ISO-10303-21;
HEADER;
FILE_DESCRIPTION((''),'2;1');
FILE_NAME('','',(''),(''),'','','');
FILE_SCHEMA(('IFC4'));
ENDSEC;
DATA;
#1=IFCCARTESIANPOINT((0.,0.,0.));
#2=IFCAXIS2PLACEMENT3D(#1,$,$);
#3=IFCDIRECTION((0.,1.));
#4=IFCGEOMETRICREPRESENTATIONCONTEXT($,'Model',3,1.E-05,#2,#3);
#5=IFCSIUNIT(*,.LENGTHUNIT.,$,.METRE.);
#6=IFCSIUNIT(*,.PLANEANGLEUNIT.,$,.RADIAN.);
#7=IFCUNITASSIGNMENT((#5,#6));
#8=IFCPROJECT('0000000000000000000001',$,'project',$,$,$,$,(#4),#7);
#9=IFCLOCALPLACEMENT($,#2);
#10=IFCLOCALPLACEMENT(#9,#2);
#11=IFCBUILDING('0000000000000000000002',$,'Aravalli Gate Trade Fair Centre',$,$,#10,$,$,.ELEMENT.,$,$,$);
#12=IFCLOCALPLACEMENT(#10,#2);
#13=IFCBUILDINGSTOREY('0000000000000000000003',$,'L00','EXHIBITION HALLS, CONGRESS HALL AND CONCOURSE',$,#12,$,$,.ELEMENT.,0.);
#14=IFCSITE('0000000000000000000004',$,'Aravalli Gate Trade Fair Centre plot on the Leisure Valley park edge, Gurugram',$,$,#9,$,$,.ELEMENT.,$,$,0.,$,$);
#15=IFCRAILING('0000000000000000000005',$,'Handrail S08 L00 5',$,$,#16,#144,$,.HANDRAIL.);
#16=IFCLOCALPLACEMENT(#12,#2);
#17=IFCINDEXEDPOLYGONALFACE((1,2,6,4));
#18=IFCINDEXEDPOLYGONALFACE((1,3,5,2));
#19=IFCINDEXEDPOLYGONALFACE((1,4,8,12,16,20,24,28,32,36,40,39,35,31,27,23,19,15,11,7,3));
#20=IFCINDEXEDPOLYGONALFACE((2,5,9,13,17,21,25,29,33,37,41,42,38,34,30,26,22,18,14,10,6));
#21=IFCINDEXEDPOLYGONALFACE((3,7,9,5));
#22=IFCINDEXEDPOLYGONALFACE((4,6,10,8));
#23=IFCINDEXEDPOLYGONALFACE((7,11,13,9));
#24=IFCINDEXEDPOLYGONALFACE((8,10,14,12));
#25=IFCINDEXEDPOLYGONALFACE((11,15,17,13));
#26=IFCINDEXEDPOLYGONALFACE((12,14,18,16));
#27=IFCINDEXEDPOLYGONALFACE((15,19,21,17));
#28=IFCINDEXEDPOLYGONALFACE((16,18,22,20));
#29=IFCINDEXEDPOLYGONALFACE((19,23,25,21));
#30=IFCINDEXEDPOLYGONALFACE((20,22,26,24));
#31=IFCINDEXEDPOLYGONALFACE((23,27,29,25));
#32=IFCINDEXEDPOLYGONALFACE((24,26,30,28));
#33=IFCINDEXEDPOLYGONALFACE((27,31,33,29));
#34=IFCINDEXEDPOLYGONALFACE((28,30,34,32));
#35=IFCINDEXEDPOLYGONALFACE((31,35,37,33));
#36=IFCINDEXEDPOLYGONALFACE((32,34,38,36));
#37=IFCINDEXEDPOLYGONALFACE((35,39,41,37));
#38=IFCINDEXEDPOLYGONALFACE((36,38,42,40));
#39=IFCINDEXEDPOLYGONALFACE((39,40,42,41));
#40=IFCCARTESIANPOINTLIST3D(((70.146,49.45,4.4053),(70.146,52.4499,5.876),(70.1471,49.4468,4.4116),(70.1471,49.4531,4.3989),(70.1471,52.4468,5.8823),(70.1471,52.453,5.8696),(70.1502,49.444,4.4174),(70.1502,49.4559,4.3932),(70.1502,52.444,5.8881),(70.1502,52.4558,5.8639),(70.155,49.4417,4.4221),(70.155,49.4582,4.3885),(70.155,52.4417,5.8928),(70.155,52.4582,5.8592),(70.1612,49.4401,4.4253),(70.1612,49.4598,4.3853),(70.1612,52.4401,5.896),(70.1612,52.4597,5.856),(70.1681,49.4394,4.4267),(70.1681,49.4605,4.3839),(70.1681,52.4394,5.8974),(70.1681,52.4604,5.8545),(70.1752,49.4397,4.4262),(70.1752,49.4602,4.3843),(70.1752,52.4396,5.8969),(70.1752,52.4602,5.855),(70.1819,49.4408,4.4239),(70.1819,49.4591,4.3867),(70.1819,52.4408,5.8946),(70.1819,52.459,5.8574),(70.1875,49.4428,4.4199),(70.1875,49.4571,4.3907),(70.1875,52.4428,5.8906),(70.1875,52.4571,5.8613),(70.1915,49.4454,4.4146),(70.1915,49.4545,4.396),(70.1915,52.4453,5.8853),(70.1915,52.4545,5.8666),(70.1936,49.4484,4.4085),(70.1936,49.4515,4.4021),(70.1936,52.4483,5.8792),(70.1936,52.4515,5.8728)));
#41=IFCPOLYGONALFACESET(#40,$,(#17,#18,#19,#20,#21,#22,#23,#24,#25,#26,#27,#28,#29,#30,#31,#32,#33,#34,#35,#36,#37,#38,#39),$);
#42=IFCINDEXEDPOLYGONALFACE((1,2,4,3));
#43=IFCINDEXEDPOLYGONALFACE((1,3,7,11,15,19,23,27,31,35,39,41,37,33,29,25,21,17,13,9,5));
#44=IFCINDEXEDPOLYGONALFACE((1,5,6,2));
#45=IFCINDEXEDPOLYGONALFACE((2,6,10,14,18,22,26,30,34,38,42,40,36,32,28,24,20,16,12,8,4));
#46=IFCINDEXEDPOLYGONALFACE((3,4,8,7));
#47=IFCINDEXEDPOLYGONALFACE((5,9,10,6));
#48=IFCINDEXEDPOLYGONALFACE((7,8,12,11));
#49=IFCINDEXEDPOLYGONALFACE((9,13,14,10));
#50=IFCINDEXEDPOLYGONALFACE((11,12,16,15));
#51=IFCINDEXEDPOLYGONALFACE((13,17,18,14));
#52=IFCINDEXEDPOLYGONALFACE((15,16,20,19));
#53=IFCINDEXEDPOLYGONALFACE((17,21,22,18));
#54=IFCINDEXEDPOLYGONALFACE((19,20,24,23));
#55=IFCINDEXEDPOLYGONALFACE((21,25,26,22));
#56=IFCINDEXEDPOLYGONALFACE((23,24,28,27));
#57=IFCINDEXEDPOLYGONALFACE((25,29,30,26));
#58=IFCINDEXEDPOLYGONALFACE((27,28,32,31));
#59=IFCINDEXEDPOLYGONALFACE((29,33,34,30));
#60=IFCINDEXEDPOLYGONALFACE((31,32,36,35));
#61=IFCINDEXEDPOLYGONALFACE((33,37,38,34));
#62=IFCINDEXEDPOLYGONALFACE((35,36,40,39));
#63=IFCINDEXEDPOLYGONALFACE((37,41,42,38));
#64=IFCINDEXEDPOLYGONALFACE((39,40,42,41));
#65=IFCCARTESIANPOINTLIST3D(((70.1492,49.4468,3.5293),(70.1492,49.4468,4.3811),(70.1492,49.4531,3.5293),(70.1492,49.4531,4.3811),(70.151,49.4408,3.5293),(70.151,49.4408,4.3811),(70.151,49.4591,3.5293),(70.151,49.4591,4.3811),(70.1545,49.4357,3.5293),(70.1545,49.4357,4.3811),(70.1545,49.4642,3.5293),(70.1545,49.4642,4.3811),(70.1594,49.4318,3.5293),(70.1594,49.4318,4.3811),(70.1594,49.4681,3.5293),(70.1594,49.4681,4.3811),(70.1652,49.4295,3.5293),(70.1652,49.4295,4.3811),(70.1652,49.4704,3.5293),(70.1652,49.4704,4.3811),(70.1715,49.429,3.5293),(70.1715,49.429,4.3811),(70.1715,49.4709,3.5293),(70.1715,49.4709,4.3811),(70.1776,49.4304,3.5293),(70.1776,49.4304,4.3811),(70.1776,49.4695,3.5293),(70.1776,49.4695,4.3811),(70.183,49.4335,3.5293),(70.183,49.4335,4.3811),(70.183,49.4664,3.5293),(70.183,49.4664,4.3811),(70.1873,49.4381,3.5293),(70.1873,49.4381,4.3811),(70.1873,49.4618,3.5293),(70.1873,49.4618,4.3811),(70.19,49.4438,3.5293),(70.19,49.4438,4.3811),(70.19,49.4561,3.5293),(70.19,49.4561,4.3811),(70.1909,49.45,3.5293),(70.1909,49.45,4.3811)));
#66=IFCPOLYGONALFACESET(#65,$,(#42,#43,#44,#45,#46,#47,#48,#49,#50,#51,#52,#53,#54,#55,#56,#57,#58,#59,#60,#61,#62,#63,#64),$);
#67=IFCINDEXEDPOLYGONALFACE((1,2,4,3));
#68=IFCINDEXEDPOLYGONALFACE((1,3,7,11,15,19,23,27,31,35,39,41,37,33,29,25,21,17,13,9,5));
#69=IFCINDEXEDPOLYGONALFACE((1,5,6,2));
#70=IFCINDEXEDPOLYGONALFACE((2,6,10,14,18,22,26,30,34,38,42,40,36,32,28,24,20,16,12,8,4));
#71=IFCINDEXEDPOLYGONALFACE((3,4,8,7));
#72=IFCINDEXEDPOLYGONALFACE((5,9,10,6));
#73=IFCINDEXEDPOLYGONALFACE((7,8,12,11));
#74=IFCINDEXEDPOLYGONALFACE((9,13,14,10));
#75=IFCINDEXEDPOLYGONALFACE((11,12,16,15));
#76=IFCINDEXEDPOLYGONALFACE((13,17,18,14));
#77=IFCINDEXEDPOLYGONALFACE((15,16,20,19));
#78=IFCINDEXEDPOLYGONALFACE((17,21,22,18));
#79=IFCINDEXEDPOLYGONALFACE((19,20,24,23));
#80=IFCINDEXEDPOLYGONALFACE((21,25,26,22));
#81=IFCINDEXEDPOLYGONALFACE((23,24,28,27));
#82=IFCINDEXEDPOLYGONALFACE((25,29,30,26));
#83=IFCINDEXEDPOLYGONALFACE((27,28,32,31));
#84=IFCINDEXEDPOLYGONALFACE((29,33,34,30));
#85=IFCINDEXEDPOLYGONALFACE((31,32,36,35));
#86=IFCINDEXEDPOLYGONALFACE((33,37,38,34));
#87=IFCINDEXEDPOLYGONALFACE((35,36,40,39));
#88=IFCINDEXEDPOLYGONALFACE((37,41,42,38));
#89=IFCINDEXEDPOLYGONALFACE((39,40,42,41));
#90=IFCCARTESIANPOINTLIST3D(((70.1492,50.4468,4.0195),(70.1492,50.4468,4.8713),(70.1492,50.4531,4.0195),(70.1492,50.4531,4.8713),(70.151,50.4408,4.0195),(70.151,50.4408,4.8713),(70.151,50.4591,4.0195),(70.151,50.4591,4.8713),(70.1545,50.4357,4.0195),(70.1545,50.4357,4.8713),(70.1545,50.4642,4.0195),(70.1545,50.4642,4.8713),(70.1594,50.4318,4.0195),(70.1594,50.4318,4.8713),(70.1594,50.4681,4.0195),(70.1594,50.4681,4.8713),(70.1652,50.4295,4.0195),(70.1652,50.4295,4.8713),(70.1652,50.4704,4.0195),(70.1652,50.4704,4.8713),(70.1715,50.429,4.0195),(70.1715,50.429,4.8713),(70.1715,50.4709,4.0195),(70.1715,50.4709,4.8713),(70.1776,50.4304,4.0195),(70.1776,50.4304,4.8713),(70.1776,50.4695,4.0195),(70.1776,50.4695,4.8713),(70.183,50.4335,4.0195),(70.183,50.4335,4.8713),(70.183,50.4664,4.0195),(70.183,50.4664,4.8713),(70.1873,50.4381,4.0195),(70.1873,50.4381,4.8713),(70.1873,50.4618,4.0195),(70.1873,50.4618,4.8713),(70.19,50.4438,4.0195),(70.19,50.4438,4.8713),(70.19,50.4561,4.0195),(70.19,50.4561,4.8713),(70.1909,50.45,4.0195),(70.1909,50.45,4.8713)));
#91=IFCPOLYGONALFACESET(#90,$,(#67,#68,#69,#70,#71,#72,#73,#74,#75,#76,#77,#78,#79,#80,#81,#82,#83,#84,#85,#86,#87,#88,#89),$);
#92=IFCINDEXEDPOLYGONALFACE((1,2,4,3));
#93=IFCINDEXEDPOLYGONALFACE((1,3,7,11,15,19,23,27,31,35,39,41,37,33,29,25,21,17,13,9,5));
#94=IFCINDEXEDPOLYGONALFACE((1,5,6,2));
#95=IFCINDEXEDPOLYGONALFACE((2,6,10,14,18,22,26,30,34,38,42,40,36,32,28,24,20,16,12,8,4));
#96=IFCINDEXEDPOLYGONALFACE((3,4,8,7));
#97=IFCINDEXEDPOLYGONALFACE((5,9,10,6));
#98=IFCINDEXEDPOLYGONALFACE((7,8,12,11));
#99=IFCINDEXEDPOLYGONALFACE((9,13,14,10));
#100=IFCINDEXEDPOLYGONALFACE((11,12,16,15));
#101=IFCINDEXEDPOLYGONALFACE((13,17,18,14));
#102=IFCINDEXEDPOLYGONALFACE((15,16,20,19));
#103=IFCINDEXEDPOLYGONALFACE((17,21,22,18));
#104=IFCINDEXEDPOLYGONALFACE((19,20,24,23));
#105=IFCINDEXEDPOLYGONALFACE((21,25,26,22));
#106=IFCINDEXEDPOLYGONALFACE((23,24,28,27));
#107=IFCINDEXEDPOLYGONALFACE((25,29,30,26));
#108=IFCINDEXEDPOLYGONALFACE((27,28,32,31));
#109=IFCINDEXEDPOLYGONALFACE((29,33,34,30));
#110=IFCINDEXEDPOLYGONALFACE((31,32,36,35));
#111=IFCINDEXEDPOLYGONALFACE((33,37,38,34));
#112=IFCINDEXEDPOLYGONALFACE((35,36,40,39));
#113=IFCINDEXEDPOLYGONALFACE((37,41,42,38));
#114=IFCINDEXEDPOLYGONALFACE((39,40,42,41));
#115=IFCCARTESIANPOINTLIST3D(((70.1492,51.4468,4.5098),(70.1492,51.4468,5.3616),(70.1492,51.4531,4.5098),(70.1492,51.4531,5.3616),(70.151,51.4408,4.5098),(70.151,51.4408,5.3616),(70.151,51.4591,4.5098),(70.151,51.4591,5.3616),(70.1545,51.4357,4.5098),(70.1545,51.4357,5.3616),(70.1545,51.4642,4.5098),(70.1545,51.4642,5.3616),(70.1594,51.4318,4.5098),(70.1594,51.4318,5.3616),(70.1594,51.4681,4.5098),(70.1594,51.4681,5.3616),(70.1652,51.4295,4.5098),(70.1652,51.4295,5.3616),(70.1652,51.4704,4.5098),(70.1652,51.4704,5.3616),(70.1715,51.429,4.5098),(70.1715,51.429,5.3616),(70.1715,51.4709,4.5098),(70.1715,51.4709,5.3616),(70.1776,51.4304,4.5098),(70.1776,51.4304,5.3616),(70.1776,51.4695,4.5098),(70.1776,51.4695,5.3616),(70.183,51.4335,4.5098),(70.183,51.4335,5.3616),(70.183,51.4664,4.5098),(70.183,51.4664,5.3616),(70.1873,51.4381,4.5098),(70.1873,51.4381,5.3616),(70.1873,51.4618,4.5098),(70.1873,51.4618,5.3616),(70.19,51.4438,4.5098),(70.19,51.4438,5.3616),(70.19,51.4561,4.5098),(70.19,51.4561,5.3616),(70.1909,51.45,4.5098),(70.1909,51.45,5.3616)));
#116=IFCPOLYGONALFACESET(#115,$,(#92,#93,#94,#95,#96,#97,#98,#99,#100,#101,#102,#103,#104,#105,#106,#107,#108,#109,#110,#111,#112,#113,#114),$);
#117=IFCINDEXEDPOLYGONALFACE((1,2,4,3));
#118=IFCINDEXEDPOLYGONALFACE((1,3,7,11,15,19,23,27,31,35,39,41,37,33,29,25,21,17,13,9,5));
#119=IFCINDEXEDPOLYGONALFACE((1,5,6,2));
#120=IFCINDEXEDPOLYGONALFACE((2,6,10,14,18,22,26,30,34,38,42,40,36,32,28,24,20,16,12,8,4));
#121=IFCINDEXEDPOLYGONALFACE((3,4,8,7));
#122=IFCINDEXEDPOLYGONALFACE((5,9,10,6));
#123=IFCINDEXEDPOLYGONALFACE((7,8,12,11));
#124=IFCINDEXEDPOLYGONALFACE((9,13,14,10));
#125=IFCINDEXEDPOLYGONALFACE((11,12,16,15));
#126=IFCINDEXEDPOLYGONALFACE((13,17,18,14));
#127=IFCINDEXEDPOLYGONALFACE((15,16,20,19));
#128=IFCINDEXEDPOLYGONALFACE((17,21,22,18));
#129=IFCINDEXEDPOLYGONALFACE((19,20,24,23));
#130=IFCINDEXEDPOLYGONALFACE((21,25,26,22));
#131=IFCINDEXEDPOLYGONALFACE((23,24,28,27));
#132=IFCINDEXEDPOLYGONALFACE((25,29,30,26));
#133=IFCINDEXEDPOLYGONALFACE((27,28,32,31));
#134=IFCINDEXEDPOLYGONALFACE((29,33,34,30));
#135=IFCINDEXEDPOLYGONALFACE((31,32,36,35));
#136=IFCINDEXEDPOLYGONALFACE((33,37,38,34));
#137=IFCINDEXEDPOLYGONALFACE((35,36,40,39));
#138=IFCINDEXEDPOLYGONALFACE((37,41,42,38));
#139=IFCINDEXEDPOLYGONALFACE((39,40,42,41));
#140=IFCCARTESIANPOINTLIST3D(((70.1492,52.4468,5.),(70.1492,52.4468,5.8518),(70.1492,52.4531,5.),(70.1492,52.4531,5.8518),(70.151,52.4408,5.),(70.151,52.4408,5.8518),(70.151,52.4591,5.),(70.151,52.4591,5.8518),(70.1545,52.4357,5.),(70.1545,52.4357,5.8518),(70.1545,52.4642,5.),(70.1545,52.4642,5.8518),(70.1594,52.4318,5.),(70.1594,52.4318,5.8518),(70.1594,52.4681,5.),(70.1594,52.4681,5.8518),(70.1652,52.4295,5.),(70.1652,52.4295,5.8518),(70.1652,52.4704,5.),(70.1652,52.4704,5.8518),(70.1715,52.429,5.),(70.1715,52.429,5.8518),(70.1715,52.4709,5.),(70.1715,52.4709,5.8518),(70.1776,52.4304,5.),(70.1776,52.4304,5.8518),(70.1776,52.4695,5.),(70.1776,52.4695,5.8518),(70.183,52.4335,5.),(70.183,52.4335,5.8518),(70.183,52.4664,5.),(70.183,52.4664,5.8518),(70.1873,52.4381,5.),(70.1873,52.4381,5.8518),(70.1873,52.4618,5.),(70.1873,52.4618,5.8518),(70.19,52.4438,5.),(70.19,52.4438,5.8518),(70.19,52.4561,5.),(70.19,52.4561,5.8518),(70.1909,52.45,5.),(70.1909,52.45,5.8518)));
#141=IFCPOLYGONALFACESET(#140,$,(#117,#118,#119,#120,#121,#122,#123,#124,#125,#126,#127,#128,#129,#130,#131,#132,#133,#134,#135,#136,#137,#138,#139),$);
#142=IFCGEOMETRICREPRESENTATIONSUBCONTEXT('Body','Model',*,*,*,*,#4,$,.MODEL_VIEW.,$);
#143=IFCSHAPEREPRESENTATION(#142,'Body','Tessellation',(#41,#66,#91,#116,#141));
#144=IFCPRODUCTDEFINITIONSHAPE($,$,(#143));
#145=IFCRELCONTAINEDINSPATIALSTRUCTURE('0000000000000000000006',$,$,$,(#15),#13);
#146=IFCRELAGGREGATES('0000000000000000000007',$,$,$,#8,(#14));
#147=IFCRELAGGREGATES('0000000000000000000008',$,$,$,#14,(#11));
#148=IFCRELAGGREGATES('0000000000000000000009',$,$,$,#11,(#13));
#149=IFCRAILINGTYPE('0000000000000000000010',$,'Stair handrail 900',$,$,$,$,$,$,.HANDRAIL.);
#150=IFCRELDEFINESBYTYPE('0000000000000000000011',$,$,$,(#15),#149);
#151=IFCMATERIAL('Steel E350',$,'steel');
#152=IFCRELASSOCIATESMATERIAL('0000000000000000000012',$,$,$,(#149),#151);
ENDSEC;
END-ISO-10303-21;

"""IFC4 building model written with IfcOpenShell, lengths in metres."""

from ifc_helpers import new_model, si_unit, direction, frame, origin, origin_2d, place, context, subcontext, project, spatial, circle, extrude, material, type_object, element, save


model = new_model("IFC4")

# Units and contexts
model_context = context("Model", 3, precision=1e-05, world=origin(), true_north=direction((0.0, 1.0)))
body_context = subcontext(model_context, "Body", "Model", "MODEL_VIEW")
ifc_project = project(units=[si_unit("LENGTHUNIT", "METRE"), si_unit("PLANEANGLEUNIT", "RADIAN")], contexts=[model_context])

# Site, building, storey
site_placement = place(None, origin())
site = spatial("IfcSite", under=ifc_project, at=site_placement, Name="Aravalli Gate Trade Fair Centre plot on the Leisure Valley park edge, Gurugram", CompositionType="ELEMENT", RefElevation=0.0)
building_placement = place(site_placement, origin())
building = spatial("IfcBuilding", under=site, at=building_placement, Name="Aravalli Gate Trade Fair Centre", CompositionType="ELEMENT")
storey_placement = place(building_placement, origin())
storey = spatial("IfcBuildingStorey", under=building, at=storey_placement, Name="L00", Description="EXHIBITION HALLS, CONGRESS HALL AND CONCOURSE", CompositionType="ELEMENT", Elevation=0.0)

# Railing
ifc_material_1 = material(Name="Steel E350", Category="steel")
railing_type = type_object("IfcRailingType", Name="Stair handrail 900", PredefinedType="HANDRAIL", material=ifc_material_1)
for number, where, name in (
    (1, (70.1699, 49.45, 3.5293), "Handrail S08 L00 5"),
):
    element("IfcRailing", number, at=place(storey_placement, frame(where)), inside=storey, type_object=railing_type, Name=name, PredefinedType="HANDRAIL", context=body_context, shape_type="SweptSolid", body=[
        extrude(circle(Radius=0.0239, at=origin_2d()), frame((0.0, 0.0, 0.876), z_axis=(0.0, 0.897907, 0.440185), x_axis=(-1.0, 0.0, 0.0)), (0.0, 0.0, 1.0), 3.3411),
        extrude(circle(Radius=0.021, at=origin_2d()), origin(), (0.0, 0.0, 1.0), 0.8518),
        extrude(circle(Radius=0.021, at=origin_2d()), frame((0.0, 1.0, 0.4902)), (0.0, 0.0, 1.0), 0.8518),
        extrude(circle(Radius=0.021, at=origin_2d()), frame((0.0, 2.0, 0.9805)), (0.0, 0.0, 1.0), 0.8518),
        extrude(circle(Radius=0.021, at=origin_2d()), frame((0.0, 3.0, 1.4707)), (0.0, 0.0, 1.0), 0.8518),
    ])

save(model, "model.ifc")
